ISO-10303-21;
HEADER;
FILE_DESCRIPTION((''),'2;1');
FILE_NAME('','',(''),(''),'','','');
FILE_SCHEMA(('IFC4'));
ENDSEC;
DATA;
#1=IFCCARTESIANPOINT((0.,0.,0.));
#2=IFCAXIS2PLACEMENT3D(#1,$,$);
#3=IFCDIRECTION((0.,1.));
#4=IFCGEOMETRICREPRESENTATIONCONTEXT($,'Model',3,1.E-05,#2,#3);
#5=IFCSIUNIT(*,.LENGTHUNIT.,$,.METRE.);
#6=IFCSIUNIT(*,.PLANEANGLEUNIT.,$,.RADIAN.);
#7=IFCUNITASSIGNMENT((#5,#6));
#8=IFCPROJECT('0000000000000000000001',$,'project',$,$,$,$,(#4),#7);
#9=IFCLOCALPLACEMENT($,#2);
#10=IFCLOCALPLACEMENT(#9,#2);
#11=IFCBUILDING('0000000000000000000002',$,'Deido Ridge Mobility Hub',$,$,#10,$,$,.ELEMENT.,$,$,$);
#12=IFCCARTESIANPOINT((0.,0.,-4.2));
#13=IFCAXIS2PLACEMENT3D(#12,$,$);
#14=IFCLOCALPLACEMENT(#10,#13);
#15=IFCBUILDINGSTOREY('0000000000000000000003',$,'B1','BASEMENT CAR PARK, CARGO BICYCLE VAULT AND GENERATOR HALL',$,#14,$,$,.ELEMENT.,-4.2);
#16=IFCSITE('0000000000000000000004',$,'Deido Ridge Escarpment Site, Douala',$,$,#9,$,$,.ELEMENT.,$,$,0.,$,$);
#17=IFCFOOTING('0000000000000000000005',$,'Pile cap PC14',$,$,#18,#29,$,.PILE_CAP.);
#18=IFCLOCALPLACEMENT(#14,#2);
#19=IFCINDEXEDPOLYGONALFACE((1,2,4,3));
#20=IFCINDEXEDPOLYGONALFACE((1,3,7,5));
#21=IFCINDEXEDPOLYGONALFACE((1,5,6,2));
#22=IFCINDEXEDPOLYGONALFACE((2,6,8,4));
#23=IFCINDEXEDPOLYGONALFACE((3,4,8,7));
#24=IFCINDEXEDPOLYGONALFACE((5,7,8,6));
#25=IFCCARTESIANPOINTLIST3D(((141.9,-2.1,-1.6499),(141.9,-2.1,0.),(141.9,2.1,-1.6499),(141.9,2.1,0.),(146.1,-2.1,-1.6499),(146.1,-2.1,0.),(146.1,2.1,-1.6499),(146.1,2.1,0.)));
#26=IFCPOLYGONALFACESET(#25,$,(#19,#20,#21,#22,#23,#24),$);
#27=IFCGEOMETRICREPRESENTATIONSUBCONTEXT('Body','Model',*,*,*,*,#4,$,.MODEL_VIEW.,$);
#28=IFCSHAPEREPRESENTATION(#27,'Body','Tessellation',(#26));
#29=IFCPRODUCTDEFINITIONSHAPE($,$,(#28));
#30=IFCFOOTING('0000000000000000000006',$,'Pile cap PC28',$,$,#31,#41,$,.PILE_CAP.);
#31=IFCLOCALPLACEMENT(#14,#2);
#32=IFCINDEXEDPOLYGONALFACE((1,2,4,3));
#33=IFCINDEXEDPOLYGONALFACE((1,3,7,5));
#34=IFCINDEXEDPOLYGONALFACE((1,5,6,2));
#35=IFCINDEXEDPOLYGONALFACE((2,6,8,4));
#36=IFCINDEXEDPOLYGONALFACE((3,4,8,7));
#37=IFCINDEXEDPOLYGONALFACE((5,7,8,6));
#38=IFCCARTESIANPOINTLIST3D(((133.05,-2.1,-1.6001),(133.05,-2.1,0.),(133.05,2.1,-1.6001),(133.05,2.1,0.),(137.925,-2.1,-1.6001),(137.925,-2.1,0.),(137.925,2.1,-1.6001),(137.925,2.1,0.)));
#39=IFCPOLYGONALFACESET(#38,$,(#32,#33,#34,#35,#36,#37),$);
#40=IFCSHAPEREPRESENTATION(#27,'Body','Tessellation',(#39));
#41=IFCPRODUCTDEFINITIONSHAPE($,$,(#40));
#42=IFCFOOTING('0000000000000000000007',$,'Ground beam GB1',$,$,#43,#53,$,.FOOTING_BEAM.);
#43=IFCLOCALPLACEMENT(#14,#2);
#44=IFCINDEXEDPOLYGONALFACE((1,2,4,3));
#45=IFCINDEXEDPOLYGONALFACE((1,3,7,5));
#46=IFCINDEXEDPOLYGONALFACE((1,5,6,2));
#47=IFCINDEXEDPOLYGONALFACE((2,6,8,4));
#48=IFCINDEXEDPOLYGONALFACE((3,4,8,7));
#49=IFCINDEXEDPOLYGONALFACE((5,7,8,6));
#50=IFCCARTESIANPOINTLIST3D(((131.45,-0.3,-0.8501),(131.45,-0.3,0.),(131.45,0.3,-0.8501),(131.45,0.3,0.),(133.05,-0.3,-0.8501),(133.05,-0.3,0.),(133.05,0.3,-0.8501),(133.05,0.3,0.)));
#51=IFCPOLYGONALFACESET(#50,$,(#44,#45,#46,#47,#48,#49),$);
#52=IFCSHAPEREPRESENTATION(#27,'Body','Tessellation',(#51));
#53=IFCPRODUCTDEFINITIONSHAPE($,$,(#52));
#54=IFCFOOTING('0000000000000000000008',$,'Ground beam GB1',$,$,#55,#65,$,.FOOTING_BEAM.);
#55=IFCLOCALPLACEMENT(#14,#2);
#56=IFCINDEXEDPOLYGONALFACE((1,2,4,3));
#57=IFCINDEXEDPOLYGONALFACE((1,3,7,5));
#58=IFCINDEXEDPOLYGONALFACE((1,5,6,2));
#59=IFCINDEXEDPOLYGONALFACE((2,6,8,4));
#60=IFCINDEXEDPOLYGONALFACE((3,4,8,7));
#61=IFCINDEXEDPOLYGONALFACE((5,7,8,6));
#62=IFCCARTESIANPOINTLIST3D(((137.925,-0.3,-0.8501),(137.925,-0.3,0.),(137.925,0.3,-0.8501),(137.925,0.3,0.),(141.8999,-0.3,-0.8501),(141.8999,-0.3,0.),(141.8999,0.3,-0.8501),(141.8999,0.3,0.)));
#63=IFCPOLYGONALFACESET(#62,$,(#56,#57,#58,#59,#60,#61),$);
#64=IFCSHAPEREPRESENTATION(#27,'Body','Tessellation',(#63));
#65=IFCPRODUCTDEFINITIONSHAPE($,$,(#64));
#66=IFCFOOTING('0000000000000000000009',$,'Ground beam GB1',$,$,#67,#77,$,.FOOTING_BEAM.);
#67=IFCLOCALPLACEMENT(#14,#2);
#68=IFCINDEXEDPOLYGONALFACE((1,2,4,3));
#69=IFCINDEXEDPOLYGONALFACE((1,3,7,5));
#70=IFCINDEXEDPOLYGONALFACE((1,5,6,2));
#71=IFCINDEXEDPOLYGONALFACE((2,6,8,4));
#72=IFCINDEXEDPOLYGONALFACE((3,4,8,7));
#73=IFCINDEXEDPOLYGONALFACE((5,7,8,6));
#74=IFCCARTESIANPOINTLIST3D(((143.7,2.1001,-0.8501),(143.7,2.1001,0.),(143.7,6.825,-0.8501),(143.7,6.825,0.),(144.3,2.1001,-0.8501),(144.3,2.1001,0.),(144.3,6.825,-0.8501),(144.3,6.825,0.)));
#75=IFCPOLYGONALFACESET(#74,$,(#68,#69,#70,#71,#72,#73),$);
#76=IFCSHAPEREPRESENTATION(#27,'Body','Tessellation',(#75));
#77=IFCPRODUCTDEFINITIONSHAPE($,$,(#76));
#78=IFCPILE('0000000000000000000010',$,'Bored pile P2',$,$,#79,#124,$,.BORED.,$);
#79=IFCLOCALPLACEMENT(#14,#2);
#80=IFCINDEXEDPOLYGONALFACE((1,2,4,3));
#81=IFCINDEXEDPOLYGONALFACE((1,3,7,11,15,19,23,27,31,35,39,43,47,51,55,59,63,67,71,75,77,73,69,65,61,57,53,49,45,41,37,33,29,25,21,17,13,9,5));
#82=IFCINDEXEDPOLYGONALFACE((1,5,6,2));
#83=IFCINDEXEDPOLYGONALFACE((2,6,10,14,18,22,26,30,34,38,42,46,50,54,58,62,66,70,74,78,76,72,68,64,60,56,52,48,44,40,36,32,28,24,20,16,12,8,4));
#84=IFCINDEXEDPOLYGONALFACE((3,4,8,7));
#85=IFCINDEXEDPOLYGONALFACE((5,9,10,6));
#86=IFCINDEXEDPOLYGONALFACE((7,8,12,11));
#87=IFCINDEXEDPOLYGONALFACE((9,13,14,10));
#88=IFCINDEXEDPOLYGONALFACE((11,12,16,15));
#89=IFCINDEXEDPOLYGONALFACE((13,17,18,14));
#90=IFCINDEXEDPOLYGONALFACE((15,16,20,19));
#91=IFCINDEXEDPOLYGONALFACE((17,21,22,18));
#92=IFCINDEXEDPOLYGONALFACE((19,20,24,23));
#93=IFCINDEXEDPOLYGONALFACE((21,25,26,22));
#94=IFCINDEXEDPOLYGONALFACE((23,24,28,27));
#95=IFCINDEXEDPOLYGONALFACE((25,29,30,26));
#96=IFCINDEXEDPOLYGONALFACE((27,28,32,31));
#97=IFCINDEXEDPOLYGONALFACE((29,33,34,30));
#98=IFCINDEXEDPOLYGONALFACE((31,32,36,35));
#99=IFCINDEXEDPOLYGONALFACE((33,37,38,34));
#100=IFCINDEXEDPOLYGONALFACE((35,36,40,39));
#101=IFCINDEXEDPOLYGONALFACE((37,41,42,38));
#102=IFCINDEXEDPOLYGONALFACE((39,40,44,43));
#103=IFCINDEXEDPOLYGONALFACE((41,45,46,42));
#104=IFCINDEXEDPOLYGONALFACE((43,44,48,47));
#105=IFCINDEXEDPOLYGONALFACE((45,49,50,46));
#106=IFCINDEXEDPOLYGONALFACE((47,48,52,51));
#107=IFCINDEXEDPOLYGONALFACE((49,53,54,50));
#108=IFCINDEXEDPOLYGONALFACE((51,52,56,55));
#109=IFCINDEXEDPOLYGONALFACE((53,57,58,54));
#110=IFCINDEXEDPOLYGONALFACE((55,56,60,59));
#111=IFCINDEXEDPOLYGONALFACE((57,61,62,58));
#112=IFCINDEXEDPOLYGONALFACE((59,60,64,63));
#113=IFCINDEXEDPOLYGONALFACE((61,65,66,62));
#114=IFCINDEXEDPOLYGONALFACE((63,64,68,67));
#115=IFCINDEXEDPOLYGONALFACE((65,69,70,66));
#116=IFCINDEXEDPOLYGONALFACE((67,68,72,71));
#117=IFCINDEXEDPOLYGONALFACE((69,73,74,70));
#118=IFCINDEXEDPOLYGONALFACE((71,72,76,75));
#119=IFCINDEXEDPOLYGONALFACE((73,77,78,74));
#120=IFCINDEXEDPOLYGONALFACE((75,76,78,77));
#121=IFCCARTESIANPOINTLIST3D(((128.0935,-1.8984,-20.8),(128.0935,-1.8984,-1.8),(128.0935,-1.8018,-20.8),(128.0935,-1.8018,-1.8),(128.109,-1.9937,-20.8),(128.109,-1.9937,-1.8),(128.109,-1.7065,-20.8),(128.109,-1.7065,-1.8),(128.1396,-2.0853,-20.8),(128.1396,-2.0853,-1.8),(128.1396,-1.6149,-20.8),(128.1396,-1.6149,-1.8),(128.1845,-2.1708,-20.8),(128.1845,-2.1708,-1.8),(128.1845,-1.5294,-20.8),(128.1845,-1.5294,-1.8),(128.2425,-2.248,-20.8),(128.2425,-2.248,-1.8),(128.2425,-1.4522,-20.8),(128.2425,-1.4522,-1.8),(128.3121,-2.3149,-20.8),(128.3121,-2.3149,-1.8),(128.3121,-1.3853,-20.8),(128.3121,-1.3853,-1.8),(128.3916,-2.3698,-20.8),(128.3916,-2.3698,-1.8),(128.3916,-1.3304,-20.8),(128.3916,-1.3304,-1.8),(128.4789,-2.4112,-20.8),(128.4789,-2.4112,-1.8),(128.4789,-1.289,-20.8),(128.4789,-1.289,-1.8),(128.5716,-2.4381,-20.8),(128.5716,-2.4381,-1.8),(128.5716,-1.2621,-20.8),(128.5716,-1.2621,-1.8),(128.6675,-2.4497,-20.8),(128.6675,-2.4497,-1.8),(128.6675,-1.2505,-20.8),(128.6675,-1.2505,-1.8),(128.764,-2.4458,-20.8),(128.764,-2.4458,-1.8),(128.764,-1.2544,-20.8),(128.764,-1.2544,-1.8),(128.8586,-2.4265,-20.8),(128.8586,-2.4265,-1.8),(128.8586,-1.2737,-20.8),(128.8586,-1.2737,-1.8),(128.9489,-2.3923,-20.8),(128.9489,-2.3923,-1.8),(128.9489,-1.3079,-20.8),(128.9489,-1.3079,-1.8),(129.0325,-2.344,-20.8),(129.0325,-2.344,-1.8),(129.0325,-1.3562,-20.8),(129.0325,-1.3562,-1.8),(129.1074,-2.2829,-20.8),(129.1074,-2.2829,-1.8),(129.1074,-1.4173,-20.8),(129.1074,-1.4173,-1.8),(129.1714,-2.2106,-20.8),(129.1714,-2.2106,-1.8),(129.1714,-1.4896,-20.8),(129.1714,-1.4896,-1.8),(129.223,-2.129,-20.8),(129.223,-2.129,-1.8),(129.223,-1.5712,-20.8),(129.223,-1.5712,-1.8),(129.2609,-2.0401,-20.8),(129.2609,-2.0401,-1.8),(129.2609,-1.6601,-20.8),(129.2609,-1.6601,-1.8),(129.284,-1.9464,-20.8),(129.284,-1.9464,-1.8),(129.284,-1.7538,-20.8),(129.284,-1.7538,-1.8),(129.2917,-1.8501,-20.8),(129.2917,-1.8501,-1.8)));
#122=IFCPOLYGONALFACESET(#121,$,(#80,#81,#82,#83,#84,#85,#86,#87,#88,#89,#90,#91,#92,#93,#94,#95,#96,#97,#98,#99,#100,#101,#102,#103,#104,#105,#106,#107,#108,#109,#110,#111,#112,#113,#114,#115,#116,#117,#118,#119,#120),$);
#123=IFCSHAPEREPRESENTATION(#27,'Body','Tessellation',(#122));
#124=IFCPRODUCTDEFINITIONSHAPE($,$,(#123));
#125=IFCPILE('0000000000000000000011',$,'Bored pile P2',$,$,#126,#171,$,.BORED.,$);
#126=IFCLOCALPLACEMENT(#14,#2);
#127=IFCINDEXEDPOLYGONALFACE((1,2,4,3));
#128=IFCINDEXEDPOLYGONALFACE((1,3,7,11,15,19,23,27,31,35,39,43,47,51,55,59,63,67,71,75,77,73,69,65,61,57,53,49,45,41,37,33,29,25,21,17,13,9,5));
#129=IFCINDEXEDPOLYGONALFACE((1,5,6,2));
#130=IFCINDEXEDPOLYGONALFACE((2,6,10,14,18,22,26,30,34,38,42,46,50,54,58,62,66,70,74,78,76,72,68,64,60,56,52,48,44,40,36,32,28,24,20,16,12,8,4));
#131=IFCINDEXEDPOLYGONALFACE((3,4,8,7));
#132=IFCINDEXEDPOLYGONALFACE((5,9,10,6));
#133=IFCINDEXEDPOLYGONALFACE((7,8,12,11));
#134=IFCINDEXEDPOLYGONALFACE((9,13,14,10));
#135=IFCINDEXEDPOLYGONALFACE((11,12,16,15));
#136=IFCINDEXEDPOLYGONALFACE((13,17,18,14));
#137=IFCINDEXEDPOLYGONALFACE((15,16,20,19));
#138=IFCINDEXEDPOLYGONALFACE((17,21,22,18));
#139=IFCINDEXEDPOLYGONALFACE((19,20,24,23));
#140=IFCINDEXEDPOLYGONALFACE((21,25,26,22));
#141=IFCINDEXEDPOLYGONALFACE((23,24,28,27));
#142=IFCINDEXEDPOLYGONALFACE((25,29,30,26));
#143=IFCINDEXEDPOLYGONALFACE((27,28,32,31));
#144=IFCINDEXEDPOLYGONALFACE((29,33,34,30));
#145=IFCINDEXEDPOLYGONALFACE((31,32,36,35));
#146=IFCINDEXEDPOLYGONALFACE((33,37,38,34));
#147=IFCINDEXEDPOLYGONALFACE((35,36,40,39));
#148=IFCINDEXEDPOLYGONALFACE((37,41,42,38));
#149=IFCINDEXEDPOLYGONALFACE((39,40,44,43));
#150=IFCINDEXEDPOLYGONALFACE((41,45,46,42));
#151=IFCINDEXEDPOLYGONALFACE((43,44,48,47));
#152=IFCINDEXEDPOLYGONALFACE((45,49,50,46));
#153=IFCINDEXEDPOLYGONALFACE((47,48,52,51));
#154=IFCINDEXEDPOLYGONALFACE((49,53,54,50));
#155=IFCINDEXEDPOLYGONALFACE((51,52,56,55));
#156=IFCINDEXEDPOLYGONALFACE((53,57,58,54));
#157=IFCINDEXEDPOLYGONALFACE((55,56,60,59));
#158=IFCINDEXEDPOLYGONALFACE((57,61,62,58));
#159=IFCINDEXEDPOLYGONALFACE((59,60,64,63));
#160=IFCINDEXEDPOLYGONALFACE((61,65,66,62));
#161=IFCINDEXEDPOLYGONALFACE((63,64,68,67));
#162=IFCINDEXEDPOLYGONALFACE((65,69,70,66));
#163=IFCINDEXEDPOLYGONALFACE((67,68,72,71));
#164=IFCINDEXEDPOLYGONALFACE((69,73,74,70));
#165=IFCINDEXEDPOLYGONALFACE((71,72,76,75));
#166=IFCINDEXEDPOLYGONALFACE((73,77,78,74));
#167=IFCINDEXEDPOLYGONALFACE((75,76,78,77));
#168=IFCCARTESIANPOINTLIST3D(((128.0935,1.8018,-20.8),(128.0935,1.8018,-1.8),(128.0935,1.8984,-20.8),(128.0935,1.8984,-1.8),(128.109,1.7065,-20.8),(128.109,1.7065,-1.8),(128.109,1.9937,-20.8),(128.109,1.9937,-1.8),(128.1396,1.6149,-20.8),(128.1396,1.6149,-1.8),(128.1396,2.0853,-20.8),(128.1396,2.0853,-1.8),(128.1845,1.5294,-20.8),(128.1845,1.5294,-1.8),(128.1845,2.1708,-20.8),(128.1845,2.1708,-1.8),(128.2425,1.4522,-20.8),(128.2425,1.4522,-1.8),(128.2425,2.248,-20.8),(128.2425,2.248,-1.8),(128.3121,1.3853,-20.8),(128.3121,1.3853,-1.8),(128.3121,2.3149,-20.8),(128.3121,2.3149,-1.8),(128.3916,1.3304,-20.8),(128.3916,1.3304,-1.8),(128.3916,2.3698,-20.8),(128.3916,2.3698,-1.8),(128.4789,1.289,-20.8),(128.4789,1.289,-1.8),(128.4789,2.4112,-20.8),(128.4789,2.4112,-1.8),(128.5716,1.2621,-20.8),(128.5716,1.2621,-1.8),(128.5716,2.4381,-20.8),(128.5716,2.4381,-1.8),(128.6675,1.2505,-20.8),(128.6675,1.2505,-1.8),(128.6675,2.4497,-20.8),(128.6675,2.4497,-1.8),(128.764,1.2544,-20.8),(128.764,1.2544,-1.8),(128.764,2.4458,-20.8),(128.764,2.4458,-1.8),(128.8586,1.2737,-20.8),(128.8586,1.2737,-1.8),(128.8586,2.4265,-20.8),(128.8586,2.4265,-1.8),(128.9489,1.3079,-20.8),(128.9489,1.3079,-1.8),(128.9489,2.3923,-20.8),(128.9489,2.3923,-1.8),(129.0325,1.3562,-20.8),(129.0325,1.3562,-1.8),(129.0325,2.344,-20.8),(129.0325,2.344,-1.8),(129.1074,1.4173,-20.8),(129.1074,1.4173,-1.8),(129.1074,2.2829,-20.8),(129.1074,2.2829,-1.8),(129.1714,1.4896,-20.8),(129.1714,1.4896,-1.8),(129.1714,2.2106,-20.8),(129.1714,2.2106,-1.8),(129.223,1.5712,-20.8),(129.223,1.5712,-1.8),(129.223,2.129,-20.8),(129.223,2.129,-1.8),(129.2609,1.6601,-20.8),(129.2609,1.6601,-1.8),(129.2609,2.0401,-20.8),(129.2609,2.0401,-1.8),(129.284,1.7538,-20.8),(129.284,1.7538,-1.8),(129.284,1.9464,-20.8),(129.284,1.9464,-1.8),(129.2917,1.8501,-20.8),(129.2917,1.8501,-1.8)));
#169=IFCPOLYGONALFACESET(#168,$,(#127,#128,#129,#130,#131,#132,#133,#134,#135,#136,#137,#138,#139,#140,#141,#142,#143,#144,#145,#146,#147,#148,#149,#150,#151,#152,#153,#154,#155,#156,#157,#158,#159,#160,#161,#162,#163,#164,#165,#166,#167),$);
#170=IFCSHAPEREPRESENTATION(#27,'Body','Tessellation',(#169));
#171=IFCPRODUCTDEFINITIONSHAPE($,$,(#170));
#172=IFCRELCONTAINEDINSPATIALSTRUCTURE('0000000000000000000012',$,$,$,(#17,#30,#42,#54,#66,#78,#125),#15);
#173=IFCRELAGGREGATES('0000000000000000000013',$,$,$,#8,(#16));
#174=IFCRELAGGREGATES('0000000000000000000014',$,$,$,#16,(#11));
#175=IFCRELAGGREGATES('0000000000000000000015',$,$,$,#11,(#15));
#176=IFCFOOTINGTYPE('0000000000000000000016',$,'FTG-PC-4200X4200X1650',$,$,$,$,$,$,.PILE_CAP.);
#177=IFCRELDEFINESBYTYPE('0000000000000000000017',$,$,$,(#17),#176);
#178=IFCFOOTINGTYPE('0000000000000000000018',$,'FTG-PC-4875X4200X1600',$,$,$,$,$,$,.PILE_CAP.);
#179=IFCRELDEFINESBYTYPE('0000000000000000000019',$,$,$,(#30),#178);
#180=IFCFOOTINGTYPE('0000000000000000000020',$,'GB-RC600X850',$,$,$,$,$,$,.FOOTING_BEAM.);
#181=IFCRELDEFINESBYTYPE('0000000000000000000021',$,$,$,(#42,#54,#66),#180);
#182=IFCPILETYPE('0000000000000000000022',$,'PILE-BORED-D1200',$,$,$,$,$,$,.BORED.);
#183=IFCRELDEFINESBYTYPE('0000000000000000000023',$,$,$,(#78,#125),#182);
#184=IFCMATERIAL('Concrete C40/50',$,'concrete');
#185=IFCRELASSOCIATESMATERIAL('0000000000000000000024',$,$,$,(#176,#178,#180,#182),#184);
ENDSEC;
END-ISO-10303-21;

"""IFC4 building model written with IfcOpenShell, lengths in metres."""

from ifc_helpers import new_model, si_unit, direction, frame, origin, origin_2d, place, context, subcontext, project, spatial, rectangle, circle, extrude, material, material_profile, profile_set, type_object, element, save


model = new_model("IFC4")

# Units and contexts
model_context = context("Model", 3, precision=1e-05, world=origin(), true_north=direction((0.0, 1.0)))
body_context = subcontext(model_context, "Body", "Model", "MODEL_VIEW")
ifc_project = project(units=[si_unit("LENGTHUNIT", "METRE"), si_unit("PLANEANGLEUNIT", "RADIAN")], contexts=[model_context])

# Site, building, storey
site_placement = place(None, origin())
site = spatial("IfcSite", under=ifc_project, at=site_placement, Name="Deido Ridge Escarpment Site, Douala", CompositionType="ELEMENT", RefElevation=0.0)
building_placement = place(site_placement, origin())
building = spatial("IfcBuilding", under=site, at=building_placement, Name="Deido Ridge Mobility Hub", CompositionType="ELEMENT")
storey_placement = place(building_placement, frame((0.0, 0.0, -4.2)))
storey = spatial("IfcBuildingStorey", under=building, at=storey_placement, Name="B1", Description="BASEMENT CAR PARK, CARGO BICYCLE VAULT AND GENERATOR HALL", CompositionType="ELEMENT", Elevation=-4.2)

# Footings
ifc_material_1 = material(Name="Concrete C40/50", Category="concrete")
footing_type_1 = type_object("IfcFootingType", Name="FTG-PC-4200X4200X1650", PredefinedType="PILE_CAP", material=ifc_material_1)
footing_1_placement = place(storey_placement, frame((144.0, 0.0, -1.6499), z_axis=(0.0, 0.0, 1.0), x_axis=(1.0, 0.0, 0.0)))
element("IfcFooting", 1, at=footing_1_placement, inside=storey, type_object=footing_type_1, Name="Pile cap PC14", PredefinedType="PILE_CAP", context=body_context, shape_type="SweptSolid", body=[
    extrude(rectangle(XDim=4.2, YDim=4.2, at=origin_2d()), origin(), (0.0, 0.0, 1.0), 1.6499),
])
footing_type_2 = type_object("IfcFootingType", Name="FTG-PC-4875X4200X1600", PredefinedType="PILE_CAP", material=ifc_material_1)
footing_2_placement = place(storey_placement, frame((135.4875, 0.0, -1.6001), z_axis=(0.0, 0.0, 1.0), x_axis=(1.0, 0.0, 0.0)))
element("IfcFooting", 2, at=footing_2_placement, inside=storey, type_object=footing_type_2, Name="Pile cap PC28", PredefinedType="PILE_CAP", context=body_context, shape_type="SweptSolid", body=[
    extrude(rectangle(XDim=4.875, YDim=4.2, at=origin_2d()), origin(), (0.0, 0.0, 1.0), 1.6001),
])
ifc_material_profile_1 = material_profile(ifc_material_1, rectangle(XDim=0.6001, YDim=0.8501, at=origin_2d()), Name="RC GB 600x850")
ifc_profile_set_1 = profile_set([ifc_material_profile_1], Name="Concrete C40/50")
footing_type_3 = type_object("IfcFootingType", Name="GB-RC600X850", PredefinedType="FOOTING_BEAM", material=ifc_profile_set_1)
footing_3_placement = place(storey_placement, frame((131.45, 0.0, -0.425), z_axis=(1.0, 0.0, 0.0), x_axis=(0.0, 1.0, 0.0)))
element("IfcFooting", 3, at=footing_3_placement, inside=storey, type_object=footing_type_3, Name="Ground beam GB1", PredefinedType="FOOTING_BEAM", context=body_context, shape_type="SweptSolid", body=[
    extrude(rectangle(XDim=0.6001, YDim=0.8501, at=origin_2d()), origin(), (0.0, 0.0, 1.0), 1.6001),
])
footing_4_placement = place(storey_placement, frame((137.925, 0.0, -0.425), z_axis=(1.0, 0.0, 0.0), x_axis=(0.0, 1.0, 0.0)))
element("IfcFooting", 4, at=footing_4_placement, inside=storey, type_object=footing_type_3, Name="Ground beam GB1", PredefinedType="FOOTING_BEAM", context=body_context, shape_type="SweptSolid", body=[
    extrude(rectangle(XDim=0.6001, YDim=0.8501, at=origin_2d()), origin(), (0.0, 0.0, 1.0), 3.9749),
])
footing_5_placement = place(storey_placement, frame((144.0, 2.1001, -0.425), z_axis=(0.0, 1.0, 0.0), x_axis=(-1.0, 0.0, 0.0)))
element("IfcFooting", 5, at=footing_5_placement, inside=storey, type_object=footing_type_3, Name="Ground beam GB1", PredefinedType="FOOTING_BEAM", context=body_context, shape_type="SweptSolid", body=[
    extrude(rectangle(XDim=0.6001, YDim=0.8501, at=origin_2d()), origin(), (0.0, 0.0, 1.0), 4.7249),
])

# Piles
ifc_material_profile_2 = material_profile(ifc_material_1, circle(Radius=0.6001, at=origin_2d()), Name="BORED PILE D1200")
ifc_profile_set_2 = profile_set([ifc_material_profile_2], Name="Concrete C40/50")
pile_type_1 = type_object("IfcPileType", Name="PILE-BORED-D1200", PredefinedType="BORED", material=ifc_profile_set_2)
for number, where, z_axis, x_axis, name in (
    (6, (128.6917, -1.8501, -1.8), (0.0, 0.0, -1.0), (1.0, 0.0, 0.0), "Bored pile P2"),
    (7, (128.6917, 1.8501, -1.8), (0.0, 0.0, -1.0), (1.0, 0.0, 0.0), "Bored pile P2"),
):
    element("IfcPile", number, at=place(storey_placement, frame(where, z_axis=z_axis, x_axis=x_axis)), inside=storey, type_object=pile_type_1, Name=name, PredefinedType="BORED", context=body_context, shape_type="SweptSolid", body=[
        extrude(circle(Radius=0.6001, at=origin_2d()), origin(), (0.0, 0.0, 1.0), 19.0),
    ])

save(model, "model.ifc")
